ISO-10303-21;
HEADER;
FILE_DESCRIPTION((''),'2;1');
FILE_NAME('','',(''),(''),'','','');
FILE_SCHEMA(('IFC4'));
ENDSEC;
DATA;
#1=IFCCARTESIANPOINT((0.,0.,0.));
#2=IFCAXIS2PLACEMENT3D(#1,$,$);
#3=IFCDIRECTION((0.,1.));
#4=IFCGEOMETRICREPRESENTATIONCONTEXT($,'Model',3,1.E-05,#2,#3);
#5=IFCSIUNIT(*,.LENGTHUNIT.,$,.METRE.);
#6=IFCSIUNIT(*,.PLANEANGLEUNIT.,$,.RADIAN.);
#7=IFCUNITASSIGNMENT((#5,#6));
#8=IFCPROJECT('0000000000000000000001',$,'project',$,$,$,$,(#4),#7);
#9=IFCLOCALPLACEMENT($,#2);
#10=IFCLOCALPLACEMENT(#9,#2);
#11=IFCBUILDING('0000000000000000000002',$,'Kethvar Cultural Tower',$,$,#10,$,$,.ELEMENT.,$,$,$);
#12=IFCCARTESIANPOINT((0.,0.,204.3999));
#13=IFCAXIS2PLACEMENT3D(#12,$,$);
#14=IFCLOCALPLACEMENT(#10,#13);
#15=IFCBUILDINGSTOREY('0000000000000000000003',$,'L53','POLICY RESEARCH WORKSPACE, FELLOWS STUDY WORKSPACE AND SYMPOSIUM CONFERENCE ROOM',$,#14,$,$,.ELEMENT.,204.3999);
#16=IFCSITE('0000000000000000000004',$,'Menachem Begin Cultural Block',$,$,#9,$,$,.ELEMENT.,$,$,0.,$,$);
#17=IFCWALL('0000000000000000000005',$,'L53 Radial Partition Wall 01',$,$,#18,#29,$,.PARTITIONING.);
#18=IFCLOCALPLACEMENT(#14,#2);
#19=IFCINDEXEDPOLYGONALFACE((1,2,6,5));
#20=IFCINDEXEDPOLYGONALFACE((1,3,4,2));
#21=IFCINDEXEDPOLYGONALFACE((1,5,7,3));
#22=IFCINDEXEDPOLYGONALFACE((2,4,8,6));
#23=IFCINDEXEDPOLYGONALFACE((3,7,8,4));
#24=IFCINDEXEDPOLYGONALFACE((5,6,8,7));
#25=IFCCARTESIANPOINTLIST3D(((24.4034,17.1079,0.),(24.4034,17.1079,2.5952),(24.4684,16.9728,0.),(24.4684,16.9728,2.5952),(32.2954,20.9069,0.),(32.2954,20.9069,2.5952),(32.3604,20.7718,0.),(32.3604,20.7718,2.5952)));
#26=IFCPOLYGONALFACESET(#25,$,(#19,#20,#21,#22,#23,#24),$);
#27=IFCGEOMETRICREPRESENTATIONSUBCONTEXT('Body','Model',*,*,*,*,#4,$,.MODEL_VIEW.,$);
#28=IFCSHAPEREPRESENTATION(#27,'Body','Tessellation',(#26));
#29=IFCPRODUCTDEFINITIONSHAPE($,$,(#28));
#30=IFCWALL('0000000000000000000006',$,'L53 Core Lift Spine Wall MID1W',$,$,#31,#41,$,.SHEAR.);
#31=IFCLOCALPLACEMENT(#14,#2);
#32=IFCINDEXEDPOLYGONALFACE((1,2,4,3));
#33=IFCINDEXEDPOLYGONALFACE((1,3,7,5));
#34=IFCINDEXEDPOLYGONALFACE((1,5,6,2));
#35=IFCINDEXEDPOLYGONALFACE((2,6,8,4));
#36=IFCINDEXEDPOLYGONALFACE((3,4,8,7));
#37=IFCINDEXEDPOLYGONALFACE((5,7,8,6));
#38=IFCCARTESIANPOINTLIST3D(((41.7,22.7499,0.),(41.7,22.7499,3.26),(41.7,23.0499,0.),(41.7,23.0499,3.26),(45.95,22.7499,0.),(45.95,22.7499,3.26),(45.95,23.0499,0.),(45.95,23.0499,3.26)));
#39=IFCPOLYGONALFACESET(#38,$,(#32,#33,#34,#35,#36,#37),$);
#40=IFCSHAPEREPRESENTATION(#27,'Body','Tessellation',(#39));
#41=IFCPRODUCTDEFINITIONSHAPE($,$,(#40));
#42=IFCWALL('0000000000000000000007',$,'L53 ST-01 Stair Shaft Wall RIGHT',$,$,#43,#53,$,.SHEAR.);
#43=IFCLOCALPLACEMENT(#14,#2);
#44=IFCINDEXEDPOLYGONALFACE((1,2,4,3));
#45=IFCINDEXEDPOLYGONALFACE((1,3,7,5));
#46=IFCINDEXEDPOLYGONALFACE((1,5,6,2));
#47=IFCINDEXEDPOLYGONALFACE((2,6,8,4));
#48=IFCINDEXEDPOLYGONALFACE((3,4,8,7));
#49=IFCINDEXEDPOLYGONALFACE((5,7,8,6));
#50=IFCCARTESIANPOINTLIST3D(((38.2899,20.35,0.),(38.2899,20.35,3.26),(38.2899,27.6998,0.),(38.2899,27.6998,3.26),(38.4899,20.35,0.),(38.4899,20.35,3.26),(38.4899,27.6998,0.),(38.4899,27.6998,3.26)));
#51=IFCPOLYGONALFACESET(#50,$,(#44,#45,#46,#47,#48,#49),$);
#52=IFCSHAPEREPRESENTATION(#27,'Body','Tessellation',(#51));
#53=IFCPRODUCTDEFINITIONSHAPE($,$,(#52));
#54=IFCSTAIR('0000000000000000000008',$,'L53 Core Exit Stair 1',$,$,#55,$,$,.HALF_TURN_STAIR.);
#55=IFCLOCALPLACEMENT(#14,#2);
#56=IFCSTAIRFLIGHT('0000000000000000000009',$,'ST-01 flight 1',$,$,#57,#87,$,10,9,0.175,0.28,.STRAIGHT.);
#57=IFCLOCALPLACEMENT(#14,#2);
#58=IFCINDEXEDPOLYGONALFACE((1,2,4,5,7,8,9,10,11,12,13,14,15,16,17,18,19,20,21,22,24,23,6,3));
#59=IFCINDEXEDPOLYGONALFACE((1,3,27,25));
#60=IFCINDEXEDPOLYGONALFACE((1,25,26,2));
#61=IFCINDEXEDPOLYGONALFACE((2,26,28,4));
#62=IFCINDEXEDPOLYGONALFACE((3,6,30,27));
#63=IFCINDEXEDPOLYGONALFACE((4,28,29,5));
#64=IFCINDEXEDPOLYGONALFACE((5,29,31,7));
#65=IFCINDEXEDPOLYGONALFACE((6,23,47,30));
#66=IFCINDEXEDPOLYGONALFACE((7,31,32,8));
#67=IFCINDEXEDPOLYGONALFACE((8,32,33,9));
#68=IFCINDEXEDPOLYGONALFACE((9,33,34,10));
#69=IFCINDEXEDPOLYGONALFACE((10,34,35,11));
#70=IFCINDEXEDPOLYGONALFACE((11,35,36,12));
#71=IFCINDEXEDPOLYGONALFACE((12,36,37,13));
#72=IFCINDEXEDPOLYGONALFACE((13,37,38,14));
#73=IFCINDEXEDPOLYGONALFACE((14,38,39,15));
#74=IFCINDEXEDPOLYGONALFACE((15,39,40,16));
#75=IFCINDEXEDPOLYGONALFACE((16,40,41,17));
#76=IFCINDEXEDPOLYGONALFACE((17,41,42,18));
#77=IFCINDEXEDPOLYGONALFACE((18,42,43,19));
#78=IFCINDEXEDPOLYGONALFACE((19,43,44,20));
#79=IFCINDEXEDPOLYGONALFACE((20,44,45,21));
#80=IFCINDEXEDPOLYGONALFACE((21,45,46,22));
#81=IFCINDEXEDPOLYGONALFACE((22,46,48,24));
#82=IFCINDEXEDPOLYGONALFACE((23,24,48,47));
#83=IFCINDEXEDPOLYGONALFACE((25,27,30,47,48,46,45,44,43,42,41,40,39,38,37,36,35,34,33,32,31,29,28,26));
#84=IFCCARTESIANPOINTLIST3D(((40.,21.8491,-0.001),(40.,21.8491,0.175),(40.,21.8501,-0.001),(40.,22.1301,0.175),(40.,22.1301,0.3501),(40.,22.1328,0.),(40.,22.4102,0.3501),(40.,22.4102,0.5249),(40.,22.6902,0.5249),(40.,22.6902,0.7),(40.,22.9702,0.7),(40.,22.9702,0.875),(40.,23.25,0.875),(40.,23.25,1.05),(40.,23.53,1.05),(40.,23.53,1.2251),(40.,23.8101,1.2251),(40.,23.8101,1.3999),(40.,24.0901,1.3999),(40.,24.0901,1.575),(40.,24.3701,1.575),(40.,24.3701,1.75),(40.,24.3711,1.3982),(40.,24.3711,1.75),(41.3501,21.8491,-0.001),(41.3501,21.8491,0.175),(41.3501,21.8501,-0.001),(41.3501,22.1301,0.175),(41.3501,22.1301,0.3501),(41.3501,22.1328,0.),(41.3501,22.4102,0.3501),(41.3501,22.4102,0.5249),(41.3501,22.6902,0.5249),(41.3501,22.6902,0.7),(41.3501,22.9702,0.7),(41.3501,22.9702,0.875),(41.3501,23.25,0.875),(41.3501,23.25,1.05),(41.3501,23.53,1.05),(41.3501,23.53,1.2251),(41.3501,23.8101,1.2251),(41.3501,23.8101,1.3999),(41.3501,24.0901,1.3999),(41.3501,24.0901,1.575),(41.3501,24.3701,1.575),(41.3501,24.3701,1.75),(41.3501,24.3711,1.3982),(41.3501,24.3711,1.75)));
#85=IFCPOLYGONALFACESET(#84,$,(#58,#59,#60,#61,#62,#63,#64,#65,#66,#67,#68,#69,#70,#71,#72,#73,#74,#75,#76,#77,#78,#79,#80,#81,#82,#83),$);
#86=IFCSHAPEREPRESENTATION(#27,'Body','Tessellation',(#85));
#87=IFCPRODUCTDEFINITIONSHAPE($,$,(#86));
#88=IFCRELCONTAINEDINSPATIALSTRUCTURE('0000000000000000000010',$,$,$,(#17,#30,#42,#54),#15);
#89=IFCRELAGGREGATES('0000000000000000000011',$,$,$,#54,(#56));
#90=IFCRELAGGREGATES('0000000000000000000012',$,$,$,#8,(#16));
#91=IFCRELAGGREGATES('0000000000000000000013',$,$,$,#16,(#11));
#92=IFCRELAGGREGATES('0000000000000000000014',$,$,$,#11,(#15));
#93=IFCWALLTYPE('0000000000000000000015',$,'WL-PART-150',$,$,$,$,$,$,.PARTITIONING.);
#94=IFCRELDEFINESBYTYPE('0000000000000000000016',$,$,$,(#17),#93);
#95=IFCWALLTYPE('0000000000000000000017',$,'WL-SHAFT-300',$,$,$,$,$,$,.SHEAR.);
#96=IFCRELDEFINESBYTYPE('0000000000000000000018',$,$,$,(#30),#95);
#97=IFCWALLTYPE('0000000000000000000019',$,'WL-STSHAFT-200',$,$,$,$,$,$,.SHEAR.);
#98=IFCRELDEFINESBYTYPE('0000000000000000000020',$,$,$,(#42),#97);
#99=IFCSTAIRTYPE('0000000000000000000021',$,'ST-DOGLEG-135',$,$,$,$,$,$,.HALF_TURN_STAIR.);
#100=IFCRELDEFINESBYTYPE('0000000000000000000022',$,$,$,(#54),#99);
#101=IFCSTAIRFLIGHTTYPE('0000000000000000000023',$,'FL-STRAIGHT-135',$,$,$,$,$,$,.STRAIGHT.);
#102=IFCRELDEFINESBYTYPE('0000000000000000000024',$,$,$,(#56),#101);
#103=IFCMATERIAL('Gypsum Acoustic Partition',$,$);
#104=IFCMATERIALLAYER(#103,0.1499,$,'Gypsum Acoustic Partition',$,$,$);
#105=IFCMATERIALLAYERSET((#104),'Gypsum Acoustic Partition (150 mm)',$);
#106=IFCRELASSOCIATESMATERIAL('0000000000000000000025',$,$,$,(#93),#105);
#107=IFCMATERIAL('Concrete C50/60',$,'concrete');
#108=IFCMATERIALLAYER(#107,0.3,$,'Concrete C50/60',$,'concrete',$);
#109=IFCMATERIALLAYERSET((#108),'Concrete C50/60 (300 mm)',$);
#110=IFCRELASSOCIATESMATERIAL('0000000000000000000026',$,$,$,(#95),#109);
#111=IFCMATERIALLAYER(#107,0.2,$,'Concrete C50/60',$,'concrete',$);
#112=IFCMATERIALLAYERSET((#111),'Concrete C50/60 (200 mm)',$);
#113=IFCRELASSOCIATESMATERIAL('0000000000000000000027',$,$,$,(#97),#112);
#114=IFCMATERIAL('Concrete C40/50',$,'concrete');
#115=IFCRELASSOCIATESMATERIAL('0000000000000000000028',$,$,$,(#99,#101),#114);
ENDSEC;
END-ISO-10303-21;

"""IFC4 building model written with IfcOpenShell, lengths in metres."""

from ifc_helpers import new_model, si_unit, direction, frame, frame_2d, origin, place, context, subcontext, project, spatial, polyline, rectangle, outline, extrude, material, layer, layer_set, type_object, element, aggregate, save


model = new_model("IFC4")

# Units and contexts
model_context = context("Model", 3, precision=1e-05, world=origin(), true_north=direction((0.0, 1.0)))
body_context = subcontext(model_context, "Body", "Model", "MODEL_VIEW")
ifc_project = project(units=[si_unit("LENGTHUNIT", "METRE"), si_unit("PLANEANGLEUNIT", "RADIAN")], contexts=[model_context])

# Site, building, storey
site_placement = place(None, origin())
site = spatial("IfcSite", under=ifc_project, at=site_placement, Name="Menachem Begin Cultural Block", CompositionType="ELEMENT", RefElevation=0.0)
building_placement = place(site_placement, origin())
building = spatial("IfcBuilding", under=site, at=building_placement, Name="Kethvar Cultural Tower", CompositionType="ELEMENT")
storey_placement = place(building_placement, frame((0.0, 0.0, 204.3999)))
storey = spatial("IfcBuildingStorey", under=building, at=storey_placement, Name="L53", Description="POLICY RESEARCH WORKSPACE, FELLOWS STUDY WORKSPACE AND SYMPOSIUM CONFERENCE ROOM", CompositionType="ELEMENT", Elevation=204.3999)

# Walls
ifc_material_1 = material(Name="Gypsum Acoustic Partition")
ifc_layer_1 = layer(ifc_material_1, 0.1499, Name="Gypsum Acoustic Partition")
ifc_layer_set_1 = layer_set([ifc_layer_1], Name="Gypsum Acoustic Partition (150 mm)")
wall_type_1 = type_object("IfcWallType", Name="WL-PART-150", PredefinedType="PARTITIONING", material=ifc_layer_set_1)
wall_1_placement = place(storey_placement, frame((32.3279, 20.8394, 0.0), z_axis=(0.0, 0.0, 1.0), x_axis=(-0.901038, -0.433739, 0.0)))
element("IfcWall", 1, at=wall_1_placement, inside=storey, type_object=wall_type_1, Name="L53 Radial Partition Wall 01", PredefinedType="PARTITIONING", context=body_context, shape_type="SweptSolid", body=[
    extrude(rectangle(XDim=8.7588, YDim=0.1499, at=frame_2d((4.3794, 0.0))), origin(), (0.0, 0.0, 1.0), 2.5952),
])
ifc_material_2 = material(Name="Concrete C50/60", Category="concrete")
ifc_layer_2 = layer(ifc_material_2, 0.3, Name="Concrete C50/60", Category="concrete")
ifc_layer_set_2 = layer_set([ifc_layer_2], Name="Concrete C50/60 (300 mm)")
wall_type_2 = type_object("IfcWallType", Name="WL-SHAFT-300", PredefinedType="SHEAR", material=ifc_layer_set_2)
wall_2_placement = place(storey_placement, frame((41.7, 22.8999, 0.0), z_axis=(0.0, 0.0, 1.0), x_axis=(1.0, 0.0, 0.0)))
element("IfcWall", 2, at=wall_2_placement, inside=storey, type_object=wall_type_2, Name="L53 Core Lift Spine Wall MID1W", PredefinedType="SHEAR", context=body_context, shape_type="SweptSolid", body=[
    extrude(rectangle(XDim=4.25, YDim=0.3, at=frame_2d((2.125, 0.0))), origin(), (0.0, 0.0, 1.0), 3.26),
])
ifc_layer_3 = layer(ifc_material_2, 0.2, Name="Concrete C50/60", Category="concrete")
ifc_layer_set_3 = layer_set([ifc_layer_3], Name="Concrete C50/60 (200 mm)")
wall_type_3 = type_object("IfcWallType", Name="WL-STSHAFT-200", PredefinedType="SHEAR", material=ifc_layer_set_3)
wall_3_placement = place(storey_placement, frame((38.3899, 20.3501, 0.0), z_axis=(0.0, 0.0, 1.0), x_axis=(0.0, 1.0, 0.0)))
element("IfcWall", 3, at=wall_3_placement, inside=storey, type_object=wall_type_3, Name="L53 ST-01 Stair Shaft Wall RIGHT", PredefinedType="SHEAR", context=body_context, shape_type="SweptSolid", body=[
    extrude(rectangle(XDim=7.3499, YDim=0.2, at=frame_2d((3.6748, 0.0))), origin(), (0.0, 0.0, 1.0), 3.26),
])

# Stair, stair flight
ifc_material_3 = material(Name="Concrete C40/50", Category="concrete")
stair_type = type_object("IfcStairType", Name="ST-DOGLEG-135", PredefinedType="HALF_TURN_STAIR", material=ifc_material_3)
stair_placement = place(storey_placement, origin())
stair = element("IfcStair", 4, at=stair_placement, inside=storey, type_object=stair_type, Name="L53 Core Exit Stair 1", PredefinedType="HALF_TURN_STAIR")
stair_flight_type = type_object("IfcStairFlightType", Name="FL-STRAIGHT-135", PredefinedType="STRAIGHT", material=ifc_material_3)
stair_flight_placement = place(storey_placement, frame((40.675, 21.8501, 0.0), z_axis=(0.0, 0.0, 1.0), x_axis=(0.0, 1.0, 0.0)))
stair_flight = element("IfcStairFlight", 5, at=stair_flight_placement, type_object=stair_flight_type, Name="ST-01 flight 1", NumberOfRisers=10, NumberOfTreads=9, PredefinedType="STRAIGHT", RiserHeight=0.175, TreadLength=0.28, context=body_context, shape_type="SweptSolid", body=[
    extrude(outline(polyline([(-0.001, -0.001), (-0.001, 0.175), (0.28, 0.175), (0.28, 0.3501), (0.5601, 0.3501), (0.5601, 0.5249), (0.8401, 0.5249), (0.8401, 0.7), (1.1201, 0.7), (1.1201, 0.875), (1.3999, 0.875), (1.3999, 1.05), (1.6799, 1.05), (1.6799, 1.2251), (1.96, 1.2251), (1.96, 1.3999), (2.24, 1.3999), (2.24, 1.575), (2.52, 1.575), (2.52, 1.75), (2.521, 1.75), (2.521, 1.3982), (0.2827, 0.0), (0.0, -0.001), (-0.001, -0.001)])), frame((0.0, 0.675, 0.0), z_axis=(0.0, -1.0, 0.0), x_axis=(1.0, 0.0, 0.0)), (0.0, 0.0, 1.0), 1.3501),
])
aggregate(stair, [stair_flight])

save(model, "model.ifc")
